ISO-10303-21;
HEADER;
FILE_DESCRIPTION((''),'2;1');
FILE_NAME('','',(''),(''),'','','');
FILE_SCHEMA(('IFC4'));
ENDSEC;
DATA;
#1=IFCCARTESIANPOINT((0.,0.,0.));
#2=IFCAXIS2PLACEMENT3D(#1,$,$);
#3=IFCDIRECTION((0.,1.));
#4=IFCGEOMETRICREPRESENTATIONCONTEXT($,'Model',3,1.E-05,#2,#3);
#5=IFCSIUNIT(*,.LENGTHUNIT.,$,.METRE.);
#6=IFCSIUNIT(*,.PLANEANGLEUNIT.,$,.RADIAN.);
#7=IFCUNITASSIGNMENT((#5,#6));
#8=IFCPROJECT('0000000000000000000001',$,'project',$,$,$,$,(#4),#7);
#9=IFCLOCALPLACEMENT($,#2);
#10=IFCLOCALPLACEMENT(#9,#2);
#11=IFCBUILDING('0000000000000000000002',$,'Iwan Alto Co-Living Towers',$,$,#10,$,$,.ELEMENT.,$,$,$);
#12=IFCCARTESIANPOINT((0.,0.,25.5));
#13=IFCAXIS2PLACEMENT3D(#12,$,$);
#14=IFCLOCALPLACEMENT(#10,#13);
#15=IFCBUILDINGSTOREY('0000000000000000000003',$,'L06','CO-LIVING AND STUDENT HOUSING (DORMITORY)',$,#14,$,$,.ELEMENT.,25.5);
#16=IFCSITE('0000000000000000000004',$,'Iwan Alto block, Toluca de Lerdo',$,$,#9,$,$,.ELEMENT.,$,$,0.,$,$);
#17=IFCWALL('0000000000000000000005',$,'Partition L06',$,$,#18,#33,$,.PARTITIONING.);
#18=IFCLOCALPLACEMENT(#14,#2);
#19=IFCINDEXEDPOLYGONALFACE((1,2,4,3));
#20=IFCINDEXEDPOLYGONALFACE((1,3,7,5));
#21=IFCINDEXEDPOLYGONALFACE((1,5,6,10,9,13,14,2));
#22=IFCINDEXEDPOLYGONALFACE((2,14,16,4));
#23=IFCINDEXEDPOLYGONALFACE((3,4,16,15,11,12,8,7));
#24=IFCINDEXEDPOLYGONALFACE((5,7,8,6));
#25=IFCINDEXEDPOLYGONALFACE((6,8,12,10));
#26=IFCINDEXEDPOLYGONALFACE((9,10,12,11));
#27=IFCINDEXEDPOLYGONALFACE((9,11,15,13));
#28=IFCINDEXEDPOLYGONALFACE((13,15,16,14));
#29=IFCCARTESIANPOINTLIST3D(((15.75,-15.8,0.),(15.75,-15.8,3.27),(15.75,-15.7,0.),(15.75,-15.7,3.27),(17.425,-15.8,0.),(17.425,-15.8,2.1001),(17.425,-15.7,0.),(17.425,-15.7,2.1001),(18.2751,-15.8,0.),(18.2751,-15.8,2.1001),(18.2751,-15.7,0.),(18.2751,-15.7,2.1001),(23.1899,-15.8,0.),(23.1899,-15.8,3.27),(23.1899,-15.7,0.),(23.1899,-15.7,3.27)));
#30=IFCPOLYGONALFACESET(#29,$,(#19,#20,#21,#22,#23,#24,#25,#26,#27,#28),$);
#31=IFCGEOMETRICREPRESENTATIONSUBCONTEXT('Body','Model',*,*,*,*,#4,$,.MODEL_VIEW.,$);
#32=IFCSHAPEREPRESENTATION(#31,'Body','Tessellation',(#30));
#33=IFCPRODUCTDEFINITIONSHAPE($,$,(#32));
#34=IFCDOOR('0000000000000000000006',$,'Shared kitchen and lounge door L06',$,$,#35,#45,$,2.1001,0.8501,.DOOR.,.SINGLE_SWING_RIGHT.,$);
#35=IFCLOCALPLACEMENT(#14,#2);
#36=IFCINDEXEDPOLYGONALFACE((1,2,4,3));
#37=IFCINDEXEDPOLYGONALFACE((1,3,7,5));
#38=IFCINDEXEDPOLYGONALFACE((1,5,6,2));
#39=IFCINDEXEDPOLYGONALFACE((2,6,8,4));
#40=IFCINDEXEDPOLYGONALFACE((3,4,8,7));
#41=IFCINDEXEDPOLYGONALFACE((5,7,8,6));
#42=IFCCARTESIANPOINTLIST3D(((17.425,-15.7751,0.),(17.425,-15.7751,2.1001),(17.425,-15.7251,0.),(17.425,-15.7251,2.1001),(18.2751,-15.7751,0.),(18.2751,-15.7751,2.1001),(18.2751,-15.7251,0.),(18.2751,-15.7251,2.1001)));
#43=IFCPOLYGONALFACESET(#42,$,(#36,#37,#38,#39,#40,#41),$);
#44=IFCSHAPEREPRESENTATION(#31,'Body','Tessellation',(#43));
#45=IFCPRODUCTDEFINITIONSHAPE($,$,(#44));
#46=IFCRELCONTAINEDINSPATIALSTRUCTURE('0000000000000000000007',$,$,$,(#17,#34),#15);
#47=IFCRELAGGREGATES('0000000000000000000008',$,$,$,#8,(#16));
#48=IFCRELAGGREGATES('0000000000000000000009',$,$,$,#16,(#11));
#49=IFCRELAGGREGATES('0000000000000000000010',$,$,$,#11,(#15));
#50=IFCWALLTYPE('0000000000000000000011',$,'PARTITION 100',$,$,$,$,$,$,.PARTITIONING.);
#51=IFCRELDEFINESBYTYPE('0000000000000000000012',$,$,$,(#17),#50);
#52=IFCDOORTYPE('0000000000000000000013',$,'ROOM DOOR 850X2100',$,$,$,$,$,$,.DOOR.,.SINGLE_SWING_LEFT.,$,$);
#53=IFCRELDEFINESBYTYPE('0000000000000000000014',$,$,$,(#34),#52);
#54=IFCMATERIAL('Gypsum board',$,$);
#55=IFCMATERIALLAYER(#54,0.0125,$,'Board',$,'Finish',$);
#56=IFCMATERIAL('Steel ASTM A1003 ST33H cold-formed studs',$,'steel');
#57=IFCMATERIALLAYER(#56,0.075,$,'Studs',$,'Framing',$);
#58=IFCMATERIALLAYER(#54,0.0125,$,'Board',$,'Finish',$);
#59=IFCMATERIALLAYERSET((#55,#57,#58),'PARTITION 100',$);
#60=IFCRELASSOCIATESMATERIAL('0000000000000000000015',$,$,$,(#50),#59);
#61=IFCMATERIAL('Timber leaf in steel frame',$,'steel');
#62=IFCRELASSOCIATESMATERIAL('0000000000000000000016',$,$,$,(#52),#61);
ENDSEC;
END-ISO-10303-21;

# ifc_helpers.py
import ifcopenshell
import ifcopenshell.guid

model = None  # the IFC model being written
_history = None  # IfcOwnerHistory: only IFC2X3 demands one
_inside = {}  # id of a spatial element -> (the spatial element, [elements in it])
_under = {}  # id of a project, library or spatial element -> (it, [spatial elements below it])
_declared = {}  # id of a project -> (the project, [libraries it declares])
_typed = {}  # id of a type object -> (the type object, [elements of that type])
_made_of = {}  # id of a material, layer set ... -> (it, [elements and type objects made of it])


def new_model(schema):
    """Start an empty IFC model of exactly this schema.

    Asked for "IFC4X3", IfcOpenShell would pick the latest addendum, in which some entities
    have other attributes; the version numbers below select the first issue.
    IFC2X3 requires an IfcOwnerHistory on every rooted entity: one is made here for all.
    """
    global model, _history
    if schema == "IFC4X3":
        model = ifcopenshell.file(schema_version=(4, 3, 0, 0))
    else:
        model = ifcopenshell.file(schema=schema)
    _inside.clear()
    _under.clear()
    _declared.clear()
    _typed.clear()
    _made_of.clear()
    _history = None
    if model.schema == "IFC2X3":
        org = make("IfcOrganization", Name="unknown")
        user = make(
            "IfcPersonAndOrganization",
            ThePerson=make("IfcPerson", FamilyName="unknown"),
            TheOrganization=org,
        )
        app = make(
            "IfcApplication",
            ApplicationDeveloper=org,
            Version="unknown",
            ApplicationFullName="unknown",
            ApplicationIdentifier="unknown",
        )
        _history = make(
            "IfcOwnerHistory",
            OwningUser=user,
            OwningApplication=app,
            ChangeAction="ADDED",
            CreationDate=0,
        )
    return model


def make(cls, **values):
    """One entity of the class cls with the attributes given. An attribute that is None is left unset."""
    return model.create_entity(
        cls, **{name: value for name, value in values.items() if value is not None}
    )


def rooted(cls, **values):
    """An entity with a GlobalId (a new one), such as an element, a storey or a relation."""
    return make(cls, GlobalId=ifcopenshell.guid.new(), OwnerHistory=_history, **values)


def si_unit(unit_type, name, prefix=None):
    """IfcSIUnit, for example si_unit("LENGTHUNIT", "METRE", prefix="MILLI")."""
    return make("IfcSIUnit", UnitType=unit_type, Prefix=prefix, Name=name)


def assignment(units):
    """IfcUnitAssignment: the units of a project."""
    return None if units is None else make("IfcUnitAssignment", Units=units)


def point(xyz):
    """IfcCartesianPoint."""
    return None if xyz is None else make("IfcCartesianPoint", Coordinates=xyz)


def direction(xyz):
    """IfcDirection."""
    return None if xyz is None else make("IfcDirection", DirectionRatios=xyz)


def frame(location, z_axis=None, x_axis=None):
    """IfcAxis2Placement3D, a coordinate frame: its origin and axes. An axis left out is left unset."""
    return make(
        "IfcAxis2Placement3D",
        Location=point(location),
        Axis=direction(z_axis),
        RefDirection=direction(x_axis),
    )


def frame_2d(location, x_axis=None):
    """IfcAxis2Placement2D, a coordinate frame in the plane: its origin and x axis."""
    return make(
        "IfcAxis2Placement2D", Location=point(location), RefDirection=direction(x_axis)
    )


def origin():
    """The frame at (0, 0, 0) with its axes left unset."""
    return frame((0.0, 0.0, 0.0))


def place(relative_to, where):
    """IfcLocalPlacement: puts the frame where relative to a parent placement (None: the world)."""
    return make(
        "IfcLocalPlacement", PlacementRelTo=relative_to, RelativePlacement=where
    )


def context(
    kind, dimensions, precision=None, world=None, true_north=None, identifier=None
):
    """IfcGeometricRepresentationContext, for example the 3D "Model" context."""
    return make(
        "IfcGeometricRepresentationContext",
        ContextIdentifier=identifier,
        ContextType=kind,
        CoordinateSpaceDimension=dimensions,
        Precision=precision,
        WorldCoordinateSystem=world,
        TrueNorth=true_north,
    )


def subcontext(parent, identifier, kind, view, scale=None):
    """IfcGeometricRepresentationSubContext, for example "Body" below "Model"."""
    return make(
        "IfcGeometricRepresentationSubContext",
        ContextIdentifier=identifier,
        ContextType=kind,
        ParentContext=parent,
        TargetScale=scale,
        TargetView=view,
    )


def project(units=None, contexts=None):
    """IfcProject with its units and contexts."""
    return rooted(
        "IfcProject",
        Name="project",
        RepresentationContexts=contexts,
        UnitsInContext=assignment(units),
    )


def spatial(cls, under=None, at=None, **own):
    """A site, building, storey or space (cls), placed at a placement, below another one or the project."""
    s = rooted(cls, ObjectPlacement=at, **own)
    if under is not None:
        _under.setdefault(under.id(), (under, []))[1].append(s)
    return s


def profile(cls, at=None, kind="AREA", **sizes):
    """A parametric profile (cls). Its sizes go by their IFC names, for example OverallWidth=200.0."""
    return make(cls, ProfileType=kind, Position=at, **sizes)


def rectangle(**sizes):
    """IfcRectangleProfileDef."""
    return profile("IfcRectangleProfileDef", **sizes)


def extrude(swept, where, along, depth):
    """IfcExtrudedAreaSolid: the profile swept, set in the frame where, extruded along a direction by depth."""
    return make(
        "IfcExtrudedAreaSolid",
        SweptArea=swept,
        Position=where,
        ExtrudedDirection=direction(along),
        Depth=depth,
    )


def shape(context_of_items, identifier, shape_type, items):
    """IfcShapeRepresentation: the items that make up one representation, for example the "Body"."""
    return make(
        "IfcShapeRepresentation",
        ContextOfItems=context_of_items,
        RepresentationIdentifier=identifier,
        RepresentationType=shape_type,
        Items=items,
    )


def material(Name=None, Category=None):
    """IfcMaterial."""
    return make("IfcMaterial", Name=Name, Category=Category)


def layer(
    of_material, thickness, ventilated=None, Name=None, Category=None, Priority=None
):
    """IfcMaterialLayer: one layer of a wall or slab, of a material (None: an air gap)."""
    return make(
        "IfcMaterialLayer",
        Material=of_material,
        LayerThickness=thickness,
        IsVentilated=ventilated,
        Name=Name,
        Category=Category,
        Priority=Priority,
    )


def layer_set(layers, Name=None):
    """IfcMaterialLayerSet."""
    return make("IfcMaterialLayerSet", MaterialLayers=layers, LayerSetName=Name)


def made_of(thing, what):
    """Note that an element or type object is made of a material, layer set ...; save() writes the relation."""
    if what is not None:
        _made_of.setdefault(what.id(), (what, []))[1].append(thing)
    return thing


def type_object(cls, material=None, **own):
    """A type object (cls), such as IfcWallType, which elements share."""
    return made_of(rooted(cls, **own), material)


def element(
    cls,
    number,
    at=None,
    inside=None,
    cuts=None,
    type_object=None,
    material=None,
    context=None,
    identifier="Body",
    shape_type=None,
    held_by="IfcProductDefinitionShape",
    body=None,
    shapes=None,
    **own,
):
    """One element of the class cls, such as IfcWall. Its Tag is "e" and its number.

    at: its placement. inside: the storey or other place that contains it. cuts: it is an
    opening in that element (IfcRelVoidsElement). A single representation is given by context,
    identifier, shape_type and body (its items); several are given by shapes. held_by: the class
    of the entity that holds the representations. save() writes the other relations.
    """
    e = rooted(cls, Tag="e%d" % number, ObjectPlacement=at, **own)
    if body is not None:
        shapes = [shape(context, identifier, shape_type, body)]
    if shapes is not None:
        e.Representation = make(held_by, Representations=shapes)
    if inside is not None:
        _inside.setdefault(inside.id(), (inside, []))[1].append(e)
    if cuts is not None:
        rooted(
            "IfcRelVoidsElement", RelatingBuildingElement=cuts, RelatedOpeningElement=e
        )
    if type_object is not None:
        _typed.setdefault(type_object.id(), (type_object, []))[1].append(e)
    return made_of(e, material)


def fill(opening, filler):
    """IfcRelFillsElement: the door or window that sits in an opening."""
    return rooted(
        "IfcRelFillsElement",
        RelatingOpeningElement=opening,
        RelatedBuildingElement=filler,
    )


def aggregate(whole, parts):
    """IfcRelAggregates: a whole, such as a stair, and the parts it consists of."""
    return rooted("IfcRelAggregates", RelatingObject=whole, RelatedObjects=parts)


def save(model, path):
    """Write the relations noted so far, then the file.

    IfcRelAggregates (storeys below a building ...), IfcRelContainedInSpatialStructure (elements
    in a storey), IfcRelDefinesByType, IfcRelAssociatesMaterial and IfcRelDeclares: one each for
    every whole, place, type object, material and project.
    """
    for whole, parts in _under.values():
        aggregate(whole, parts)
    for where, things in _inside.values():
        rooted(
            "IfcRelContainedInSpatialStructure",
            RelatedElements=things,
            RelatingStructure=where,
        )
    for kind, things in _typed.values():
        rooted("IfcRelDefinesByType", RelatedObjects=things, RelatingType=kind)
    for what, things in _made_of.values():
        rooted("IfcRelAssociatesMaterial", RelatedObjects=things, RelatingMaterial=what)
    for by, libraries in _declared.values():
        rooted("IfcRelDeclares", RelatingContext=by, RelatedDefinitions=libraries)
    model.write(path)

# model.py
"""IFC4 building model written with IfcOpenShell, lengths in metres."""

from ifc_helpers import new_model, si_unit, direction, frame, frame_2d, origin, place, context, subcontext, project, spatial, rectangle, extrude, material, layer, layer_set, type_object, element, fill, save


model = new_model("IFC4")

# Units and contexts
model_context = context("Model", 3, precision=1e-05, world=origin(), true_north=direction((0.0, 1.0)))
body_context = subcontext(model_context, "Body", "Model", "MODEL_VIEW")
ifc_project = project(units=[si_unit("LENGTHUNIT", "METRE"), si_unit("PLANEANGLEUNIT", "RADIAN")], contexts=[model_context])

# Site, building, storey
site_placement = place(None, origin())
site = spatial("IfcSite", under=ifc_project, at=site_placement, Name="Iwan Alto block, Toluca de Lerdo", CompositionType="ELEMENT", RefElevation=0.0)
building_placement = place(site_placement, origin())
building = spatial("IfcBuilding", under=site, at=building_placement, Name="Iwan Alto Co-Living Towers", CompositionType="ELEMENT")
storey_placement = place(building_placement, frame((0.0, 0.0, 25.5)))
storey = spatial("IfcBuildingStorey", under=building, at=storey_placement, Name="L06", Description="CO-LIVING AND STUDENT HOUSING (DORMITORY)", CompositionType="ELEMENT", Elevation=25.5)

# Wall, opening, door
ifc_material_1 = material(Name="Gypsum board")
ifc_material_2 = material(Name="Steel ASTM A1003 ST33H cold-formed studs", Category="steel")
ifc_layer_1 = layer(ifc_material_1, 0.0125, Name="Board", Category="Finish")
ifc_layer_2 = layer(ifc_material_2, 0.075, Name="Studs", Category="Framing")
ifc_layer_3 = layer(ifc_material_1, 0.0125, Name="Board", Category="Finish")
ifc_layer_set_1 = layer_set([ifc_layer_1, ifc_layer_2, ifc_layer_3], Name="PARTITION 100")
wall_type_1 = type_object("IfcWallType", Name="PARTITION 100", PredefinedType="PARTITIONING", material=ifc_layer_set_1)
wall_1_placement = place(storey_placement, frame((15.75, -15.75, 0.0), z_axis=(0.0, 0.0, 1.0), x_axis=(1.0, 0.0, 0.0)))
wall_1 = element("IfcWall", 1, at=wall_1_placement, inside=storey, type_object=wall_type_1, Name="Partition L06", PredefinedType="PARTITIONING", context=body_context, shape_type="SweptSolid", body=[
    extrude(rectangle(XDim=7.4399, YDim=0.1001, at=frame_2d((3.72, 0.0))), origin(), (0.0, 0.0, 1.0), 3.27),
])
opening_1_placement = place(wall_1_placement, frame((1.675, 0.0, 0.0)))
opening_1 = element("IfcOpeningElement", 2, at=opening_1_placement, cuts=wall_1, PredefinedType="OPENING", context=body_context, shape_type="SweptSolid", body=[
    extrude(rectangle(XDim=0.8501, YDim=2.1001, at=frame_2d((0.425, 1.05))), frame((0.0, 0.0601, 0.0), z_axis=(0.0, -1.0, 0.0), x_axis=(1.0, 0.0, 0.0)), (0.0, 0.0, 1.0), 0.1201),
])
ifc_material_3 = material(Name="Timber leaf in steel frame", Category="steel")
door_type_1 = type_object("IfcDoorType", Name="ROOM DOOR 850X2100", OperationType="SINGLE_SWING_LEFT", PredefinedType="DOOR", material=ifc_material_3)
door_1_placement = place(opening_1_placement, origin())
door_1 = element("IfcDoor", 3, at=door_1_placement, inside=storey, type_object=door_type_1, Name="Shared kitchen and lounge door L06", OperationType="SINGLE_SWING_RIGHT", OverallHeight=2.1001, OverallWidth=0.8501, PredefinedType="DOOR", context=body_context, shape_type="SweptSolid", body=[
    extrude(rectangle(XDim=0.8501, YDim=2.1001, at=frame_2d((0.425, 1.05))), frame((0.0, 0.0249, 0.0), z_axis=(0.0, -1.0, 0.0), x_axis=(1.0, 0.0, 0.0)), (0.0, 0.0, 1.0), 0.05),
])
fill(opening_1, door_1)

save(model, "model.ifc")
